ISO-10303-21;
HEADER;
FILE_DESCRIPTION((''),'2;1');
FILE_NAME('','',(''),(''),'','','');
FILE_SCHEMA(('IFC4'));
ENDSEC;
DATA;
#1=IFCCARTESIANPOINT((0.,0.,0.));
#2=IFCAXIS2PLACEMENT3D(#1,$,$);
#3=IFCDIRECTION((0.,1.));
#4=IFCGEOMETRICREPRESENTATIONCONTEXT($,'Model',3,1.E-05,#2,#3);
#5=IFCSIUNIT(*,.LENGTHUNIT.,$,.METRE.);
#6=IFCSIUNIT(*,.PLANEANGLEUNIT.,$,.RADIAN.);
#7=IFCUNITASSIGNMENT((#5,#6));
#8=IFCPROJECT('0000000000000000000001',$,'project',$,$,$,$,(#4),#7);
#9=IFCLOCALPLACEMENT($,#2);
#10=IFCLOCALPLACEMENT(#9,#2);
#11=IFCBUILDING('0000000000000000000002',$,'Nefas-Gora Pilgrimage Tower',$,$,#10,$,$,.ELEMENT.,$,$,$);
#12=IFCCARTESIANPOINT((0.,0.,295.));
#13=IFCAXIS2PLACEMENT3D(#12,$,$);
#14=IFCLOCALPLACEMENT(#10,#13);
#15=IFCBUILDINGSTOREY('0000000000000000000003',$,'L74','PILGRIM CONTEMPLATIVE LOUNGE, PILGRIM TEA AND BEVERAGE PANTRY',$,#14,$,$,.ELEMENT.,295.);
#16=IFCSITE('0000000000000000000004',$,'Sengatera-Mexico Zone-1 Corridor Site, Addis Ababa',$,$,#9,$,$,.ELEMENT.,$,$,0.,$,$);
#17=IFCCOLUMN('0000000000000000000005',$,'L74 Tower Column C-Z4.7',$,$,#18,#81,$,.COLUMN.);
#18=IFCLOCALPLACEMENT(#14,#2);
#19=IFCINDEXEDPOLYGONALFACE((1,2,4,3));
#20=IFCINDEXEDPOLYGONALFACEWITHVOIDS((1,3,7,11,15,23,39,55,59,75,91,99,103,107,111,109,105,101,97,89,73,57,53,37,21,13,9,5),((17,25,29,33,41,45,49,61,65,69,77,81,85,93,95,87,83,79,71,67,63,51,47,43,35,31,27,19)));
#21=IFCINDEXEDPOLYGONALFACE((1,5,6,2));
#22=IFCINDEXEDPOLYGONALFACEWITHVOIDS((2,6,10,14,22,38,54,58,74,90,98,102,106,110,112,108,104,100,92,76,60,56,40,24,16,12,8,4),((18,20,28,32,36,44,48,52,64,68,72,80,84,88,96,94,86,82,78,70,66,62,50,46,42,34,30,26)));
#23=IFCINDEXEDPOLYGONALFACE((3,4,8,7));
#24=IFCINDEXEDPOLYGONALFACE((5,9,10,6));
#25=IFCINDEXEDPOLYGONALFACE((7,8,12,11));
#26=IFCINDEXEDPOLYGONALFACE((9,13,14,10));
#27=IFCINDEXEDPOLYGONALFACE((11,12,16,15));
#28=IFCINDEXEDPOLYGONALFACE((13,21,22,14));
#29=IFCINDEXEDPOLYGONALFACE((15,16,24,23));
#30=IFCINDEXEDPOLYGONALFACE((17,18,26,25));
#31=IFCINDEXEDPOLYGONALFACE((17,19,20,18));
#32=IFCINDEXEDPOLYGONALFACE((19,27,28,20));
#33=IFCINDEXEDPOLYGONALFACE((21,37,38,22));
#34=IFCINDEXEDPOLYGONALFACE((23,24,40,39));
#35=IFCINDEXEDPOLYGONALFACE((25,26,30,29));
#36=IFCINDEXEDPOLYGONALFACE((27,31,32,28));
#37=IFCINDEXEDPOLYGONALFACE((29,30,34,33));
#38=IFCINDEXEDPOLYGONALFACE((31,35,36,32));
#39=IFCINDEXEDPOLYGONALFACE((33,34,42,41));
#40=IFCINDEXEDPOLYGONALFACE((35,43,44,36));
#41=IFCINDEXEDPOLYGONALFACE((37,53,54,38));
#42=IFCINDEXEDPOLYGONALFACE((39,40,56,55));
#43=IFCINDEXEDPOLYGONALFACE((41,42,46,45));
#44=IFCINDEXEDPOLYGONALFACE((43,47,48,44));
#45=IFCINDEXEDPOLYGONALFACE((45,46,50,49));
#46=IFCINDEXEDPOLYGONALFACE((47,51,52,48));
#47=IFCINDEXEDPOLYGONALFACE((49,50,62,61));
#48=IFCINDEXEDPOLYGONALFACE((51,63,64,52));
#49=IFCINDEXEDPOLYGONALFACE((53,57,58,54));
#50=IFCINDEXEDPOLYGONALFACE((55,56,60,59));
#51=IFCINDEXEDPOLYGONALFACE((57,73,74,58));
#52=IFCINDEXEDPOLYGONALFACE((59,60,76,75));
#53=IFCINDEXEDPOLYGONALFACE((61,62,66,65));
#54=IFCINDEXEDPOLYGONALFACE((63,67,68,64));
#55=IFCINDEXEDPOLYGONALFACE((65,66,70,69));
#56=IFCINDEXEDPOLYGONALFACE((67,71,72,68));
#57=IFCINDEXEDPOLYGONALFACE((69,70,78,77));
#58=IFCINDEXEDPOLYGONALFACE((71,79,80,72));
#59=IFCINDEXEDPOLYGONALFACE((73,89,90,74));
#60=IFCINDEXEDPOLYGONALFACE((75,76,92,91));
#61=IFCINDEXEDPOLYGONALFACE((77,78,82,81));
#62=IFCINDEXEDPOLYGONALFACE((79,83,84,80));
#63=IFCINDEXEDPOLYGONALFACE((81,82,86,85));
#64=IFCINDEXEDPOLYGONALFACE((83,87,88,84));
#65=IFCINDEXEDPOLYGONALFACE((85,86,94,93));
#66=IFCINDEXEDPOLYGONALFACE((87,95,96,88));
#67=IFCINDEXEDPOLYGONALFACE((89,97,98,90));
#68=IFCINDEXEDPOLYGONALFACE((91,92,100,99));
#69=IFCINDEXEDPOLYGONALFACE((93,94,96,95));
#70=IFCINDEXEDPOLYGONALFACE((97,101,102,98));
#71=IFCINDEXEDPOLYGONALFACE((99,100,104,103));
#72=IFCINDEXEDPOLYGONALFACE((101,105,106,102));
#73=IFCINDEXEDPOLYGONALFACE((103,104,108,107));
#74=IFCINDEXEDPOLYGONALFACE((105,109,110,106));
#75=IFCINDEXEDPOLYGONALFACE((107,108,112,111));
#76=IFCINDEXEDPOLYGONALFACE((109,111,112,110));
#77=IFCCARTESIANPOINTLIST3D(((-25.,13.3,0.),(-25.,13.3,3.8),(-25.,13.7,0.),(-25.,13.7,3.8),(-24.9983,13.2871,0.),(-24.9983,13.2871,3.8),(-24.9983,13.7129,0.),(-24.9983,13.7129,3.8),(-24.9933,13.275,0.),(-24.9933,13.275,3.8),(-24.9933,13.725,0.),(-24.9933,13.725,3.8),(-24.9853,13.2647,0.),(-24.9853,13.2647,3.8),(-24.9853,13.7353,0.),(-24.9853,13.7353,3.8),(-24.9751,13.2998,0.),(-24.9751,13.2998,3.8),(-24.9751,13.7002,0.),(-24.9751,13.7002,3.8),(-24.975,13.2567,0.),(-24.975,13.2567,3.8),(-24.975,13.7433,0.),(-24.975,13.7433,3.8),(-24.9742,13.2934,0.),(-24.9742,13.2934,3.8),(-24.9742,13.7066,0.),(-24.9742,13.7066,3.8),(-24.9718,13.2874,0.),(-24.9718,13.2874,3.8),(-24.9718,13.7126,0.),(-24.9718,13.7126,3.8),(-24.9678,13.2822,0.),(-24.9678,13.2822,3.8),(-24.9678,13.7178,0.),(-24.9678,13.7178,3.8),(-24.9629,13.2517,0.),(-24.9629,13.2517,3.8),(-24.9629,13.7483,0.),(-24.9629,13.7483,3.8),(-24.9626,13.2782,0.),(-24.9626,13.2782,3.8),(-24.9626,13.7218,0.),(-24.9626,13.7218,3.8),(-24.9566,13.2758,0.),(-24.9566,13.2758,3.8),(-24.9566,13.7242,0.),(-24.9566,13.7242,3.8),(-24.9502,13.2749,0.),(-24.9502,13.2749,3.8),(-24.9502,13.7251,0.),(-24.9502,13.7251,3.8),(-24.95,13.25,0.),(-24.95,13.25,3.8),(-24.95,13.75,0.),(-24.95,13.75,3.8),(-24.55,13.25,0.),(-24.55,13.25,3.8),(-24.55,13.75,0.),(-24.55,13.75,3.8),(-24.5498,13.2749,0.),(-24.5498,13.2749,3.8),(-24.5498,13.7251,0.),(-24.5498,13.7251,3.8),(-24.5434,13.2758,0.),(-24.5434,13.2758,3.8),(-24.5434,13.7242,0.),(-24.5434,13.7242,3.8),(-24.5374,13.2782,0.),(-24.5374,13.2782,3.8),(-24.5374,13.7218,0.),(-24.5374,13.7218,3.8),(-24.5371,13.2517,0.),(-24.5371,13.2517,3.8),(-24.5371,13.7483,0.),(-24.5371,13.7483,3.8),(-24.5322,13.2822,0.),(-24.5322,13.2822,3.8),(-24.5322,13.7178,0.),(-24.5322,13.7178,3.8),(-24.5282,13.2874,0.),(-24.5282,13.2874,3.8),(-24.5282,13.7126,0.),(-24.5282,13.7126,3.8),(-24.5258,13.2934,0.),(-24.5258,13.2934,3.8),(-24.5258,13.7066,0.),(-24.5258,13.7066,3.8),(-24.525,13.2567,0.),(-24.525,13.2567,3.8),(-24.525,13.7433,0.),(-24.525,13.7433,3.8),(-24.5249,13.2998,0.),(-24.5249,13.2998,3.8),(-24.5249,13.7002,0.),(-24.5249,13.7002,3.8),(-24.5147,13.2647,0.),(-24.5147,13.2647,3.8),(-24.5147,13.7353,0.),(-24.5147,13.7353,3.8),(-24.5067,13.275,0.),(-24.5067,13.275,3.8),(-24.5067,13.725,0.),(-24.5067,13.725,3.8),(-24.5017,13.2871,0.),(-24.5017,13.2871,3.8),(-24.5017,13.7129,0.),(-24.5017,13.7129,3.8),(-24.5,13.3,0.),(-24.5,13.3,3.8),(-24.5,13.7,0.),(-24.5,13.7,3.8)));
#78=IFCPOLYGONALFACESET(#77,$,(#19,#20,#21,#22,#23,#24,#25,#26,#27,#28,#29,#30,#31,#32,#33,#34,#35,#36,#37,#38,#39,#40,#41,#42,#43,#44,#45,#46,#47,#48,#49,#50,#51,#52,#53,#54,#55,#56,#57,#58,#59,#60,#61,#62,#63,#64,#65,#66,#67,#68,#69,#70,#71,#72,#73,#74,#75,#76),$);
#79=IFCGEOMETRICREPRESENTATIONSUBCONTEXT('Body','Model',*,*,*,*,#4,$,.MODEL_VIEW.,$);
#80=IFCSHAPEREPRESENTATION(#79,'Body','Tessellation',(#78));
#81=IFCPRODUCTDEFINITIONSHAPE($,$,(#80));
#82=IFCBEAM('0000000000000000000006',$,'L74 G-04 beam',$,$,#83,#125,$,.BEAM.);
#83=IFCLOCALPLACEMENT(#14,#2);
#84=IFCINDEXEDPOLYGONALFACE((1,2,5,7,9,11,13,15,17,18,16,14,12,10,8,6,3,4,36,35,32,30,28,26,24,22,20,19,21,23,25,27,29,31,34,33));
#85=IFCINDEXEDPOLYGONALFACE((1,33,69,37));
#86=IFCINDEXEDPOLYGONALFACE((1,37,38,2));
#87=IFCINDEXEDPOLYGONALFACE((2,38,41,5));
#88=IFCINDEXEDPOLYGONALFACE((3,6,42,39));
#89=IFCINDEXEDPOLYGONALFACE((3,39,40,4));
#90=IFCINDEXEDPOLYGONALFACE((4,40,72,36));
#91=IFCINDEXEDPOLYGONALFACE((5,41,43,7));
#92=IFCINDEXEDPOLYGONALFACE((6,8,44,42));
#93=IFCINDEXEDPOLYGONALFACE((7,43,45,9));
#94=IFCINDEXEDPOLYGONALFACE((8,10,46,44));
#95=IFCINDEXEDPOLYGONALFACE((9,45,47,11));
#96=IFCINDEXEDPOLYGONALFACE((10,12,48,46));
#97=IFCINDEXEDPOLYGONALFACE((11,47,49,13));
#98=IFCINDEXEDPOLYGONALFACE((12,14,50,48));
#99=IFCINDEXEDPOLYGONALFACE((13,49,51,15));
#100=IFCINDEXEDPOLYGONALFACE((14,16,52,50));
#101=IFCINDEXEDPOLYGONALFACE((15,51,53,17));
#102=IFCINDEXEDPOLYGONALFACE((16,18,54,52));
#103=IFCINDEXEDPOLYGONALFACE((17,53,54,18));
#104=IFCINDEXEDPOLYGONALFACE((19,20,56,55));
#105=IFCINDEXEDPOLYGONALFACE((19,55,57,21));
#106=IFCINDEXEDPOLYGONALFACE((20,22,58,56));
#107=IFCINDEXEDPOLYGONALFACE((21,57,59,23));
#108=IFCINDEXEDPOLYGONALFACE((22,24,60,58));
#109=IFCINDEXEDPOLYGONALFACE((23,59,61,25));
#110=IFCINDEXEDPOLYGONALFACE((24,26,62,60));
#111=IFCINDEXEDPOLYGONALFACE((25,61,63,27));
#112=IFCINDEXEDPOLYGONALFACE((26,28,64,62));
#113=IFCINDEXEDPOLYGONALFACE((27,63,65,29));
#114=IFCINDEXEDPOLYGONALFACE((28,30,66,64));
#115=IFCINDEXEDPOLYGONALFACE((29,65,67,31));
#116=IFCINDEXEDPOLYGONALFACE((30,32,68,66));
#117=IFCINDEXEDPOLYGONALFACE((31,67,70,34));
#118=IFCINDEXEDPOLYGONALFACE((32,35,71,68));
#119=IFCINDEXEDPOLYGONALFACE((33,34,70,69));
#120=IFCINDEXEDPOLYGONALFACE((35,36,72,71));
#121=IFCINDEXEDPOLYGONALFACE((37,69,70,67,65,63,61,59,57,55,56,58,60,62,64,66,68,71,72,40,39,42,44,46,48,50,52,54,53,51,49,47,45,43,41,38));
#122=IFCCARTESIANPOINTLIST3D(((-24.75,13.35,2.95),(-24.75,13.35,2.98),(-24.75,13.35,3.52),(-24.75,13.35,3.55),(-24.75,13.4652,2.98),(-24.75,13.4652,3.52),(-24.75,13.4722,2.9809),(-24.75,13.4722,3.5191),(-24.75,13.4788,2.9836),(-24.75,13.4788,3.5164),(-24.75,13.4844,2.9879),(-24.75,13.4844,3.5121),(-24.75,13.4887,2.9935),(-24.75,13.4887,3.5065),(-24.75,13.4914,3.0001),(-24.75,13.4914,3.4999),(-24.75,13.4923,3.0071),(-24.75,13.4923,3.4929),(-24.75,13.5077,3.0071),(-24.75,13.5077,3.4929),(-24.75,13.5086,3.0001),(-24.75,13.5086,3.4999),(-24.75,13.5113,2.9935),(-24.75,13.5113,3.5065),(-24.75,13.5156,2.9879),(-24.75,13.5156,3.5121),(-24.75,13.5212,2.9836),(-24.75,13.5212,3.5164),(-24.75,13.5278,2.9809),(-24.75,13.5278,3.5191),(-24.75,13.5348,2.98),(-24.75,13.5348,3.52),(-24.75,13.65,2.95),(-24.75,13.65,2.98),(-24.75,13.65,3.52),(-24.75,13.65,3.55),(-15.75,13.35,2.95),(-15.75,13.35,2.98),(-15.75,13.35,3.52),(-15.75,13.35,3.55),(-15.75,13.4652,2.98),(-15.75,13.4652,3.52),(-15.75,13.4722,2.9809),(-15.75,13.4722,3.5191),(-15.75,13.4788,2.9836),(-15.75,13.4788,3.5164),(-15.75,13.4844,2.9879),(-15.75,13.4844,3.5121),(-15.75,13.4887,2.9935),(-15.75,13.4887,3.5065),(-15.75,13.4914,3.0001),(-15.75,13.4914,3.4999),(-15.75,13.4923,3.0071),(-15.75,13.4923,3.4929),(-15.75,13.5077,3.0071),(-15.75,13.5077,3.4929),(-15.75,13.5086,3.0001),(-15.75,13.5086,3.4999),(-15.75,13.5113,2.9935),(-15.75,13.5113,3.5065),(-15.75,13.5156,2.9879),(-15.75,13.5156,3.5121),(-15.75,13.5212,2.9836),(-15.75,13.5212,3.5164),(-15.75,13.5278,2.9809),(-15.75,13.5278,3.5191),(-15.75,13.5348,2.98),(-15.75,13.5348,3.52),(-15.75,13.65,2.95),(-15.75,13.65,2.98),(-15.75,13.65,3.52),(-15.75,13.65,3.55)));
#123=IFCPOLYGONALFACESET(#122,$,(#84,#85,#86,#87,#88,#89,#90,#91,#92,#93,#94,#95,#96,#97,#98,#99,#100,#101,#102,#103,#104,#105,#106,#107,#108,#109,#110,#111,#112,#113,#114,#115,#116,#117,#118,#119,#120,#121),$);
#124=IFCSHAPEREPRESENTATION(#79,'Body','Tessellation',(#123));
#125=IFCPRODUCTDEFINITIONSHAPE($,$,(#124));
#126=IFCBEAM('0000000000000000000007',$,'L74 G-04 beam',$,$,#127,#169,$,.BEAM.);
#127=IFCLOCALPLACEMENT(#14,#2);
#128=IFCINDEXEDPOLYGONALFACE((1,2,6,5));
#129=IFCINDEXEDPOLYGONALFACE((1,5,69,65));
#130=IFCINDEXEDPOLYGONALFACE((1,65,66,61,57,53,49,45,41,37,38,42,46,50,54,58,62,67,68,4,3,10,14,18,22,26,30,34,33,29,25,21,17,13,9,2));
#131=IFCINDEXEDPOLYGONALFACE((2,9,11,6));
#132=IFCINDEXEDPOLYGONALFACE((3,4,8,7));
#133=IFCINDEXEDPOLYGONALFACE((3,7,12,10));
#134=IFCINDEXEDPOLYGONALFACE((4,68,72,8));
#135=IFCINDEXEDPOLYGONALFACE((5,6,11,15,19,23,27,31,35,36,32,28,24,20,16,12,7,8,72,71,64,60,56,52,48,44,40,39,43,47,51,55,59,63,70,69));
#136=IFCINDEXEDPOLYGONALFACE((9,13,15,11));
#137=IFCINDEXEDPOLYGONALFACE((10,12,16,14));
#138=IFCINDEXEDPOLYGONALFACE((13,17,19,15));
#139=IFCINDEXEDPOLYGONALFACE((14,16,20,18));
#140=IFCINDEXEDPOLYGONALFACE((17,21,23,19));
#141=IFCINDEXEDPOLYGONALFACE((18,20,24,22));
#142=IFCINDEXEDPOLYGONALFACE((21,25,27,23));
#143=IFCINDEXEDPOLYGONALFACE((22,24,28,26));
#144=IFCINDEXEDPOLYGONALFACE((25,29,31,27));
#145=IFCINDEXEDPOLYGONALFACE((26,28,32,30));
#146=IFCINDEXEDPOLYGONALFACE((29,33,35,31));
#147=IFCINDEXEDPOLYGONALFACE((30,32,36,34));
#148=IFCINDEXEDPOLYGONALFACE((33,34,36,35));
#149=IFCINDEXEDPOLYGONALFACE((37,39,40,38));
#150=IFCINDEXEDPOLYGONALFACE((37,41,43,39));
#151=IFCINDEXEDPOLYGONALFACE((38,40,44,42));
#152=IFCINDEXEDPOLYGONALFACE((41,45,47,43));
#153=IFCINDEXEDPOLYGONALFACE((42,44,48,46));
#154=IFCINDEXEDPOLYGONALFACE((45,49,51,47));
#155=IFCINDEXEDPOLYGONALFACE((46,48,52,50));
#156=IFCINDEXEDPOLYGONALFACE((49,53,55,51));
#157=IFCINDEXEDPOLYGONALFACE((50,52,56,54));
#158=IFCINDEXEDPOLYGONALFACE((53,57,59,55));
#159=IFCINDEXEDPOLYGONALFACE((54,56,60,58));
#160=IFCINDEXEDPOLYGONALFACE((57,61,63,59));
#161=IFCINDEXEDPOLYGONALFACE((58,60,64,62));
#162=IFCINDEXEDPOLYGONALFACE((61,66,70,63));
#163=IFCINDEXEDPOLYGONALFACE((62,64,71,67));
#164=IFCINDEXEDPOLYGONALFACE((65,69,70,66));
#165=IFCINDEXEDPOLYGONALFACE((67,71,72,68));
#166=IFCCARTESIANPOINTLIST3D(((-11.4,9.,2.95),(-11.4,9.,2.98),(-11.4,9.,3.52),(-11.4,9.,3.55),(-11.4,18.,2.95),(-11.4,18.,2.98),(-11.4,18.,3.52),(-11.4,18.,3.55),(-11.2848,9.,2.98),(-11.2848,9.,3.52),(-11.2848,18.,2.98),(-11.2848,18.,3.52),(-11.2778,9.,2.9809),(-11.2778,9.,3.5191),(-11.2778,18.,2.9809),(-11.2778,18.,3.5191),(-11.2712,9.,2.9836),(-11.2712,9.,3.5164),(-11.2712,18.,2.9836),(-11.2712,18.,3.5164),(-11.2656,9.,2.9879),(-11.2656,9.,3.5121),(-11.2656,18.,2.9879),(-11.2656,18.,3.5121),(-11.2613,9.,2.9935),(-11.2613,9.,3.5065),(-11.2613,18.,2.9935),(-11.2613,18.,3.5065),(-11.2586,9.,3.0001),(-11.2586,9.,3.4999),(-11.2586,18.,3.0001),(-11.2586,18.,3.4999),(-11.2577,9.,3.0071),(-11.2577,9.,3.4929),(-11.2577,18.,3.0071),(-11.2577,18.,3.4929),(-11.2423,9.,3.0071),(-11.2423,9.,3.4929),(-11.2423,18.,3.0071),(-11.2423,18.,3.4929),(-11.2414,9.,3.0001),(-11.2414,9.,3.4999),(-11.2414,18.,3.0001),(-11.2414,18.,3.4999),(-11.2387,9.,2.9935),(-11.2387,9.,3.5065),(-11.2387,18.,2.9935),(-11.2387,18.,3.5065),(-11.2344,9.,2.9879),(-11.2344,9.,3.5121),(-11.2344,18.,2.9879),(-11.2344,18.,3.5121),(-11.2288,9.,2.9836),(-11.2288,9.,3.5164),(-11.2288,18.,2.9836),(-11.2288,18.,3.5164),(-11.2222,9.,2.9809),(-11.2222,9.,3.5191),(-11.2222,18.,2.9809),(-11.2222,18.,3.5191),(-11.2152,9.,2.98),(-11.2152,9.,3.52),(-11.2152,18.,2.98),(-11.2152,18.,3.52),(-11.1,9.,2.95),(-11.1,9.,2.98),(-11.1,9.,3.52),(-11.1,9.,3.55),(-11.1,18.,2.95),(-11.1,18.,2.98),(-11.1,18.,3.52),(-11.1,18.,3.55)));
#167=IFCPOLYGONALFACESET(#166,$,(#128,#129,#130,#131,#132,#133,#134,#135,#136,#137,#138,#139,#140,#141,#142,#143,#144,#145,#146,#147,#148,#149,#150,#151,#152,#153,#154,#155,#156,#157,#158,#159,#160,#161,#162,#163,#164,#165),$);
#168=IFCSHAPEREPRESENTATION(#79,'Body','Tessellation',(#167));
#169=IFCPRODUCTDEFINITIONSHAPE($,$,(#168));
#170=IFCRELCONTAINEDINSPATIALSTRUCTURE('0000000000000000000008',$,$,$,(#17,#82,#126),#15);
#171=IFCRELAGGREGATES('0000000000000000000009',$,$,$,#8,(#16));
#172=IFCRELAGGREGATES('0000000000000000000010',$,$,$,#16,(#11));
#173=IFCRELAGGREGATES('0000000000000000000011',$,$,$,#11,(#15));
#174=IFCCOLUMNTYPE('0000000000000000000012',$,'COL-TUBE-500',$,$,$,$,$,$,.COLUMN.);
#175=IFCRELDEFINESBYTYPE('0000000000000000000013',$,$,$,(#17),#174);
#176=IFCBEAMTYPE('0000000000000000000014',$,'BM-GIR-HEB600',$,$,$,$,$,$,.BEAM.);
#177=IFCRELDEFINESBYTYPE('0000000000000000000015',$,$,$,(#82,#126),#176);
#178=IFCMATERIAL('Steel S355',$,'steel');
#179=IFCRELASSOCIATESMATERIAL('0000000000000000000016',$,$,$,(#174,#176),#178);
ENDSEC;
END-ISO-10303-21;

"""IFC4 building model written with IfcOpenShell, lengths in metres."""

from ifc_helpers import new_model, si_unit, direction, frame, origin, origin_2d, place, context, subcontext, project, spatial, hollow_rectangle, i_section, extrude, source, transform, mapped, material, material_profile, profile_set, type_object, element, save


model = new_model("IFC4")

# Units and contexts
model_context = context("Model", 3, precision=1e-05, world=origin(), true_north=direction((0.0, 1.0)))
body_context = subcontext(model_context, "Body", "Model", "MODEL_VIEW")
ifc_project = project(units=[si_unit("LENGTHUNIT", "METRE"), si_unit("PLANEANGLEUNIT", "RADIAN")], contexts=[model_context])

# Site, building, storey
site_placement = place(None, origin())
site = spatial("IfcSite", under=ifc_project, at=site_placement, Name="Sengatera-Mexico Zone-1 Corridor Site, Addis Ababa", CompositionType="ELEMENT", RefElevation=0.0)
building_placement = place(site_placement, origin())
building = spatial("IfcBuilding", under=site, at=building_placement, Name="Nefas-Gora Pilgrimage Tower", CompositionType="ELEMENT")
storey_placement = place(building_placement, frame((0.0, 0.0, 295.0)))
storey = spatial("IfcBuildingStorey", under=building, at=storey_placement, Name="L74", Description="PILGRIM CONTEMPLATIVE LOUNGE, PILGRIM TEA AND BEVERAGE PANTRY", CompositionType="ELEMENT", Elevation=295.0)

# Column
ifc_material_1 = material(Name="Steel S355", Category="steel")
ifc_material_profile_1 = material_profile(ifc_material_1, hollow_rectangle(XDim=0.5, YDim=0.5, WallThickness=0.0249, InnerFilletRadius=0.0249, OuterFilletRadius=0.05, at=origin_2d()), Name="SHS 500x500x25")
ifc_profile_set_1 = profile_set([ifc_material_profile_1], Name="Steel S355")
column_type_1 = type_object("IfcColumnType", Name="COL-TUBE-500", PredefinedType="COLUMN", material=ifc_profile_set_1)
shared_shape_1 = source(origin(), body_context, "Body", "SweptSolid", [
    extrude(hollow_rectangle(XDim=0.5, YDim=0.5, WallThickness=0.0249, InnerFilletRadius=0.0249, OuterFilletRadius=0.05, at=origin_2d()), origin(), (0.0, 0.0, 1.0), 3.8),
])
column_placement = place(storey_placement, frame((-24.75, 13.5, 0.0), z_axis=(0.0, 0.0, 1.0), x_axis=(1.0, 0.0, 0.0)))
element("IfcColumn", 1, at=column_placement, inside=storey, type_object=column_type_1, Name="L74 Tower Column C-Z4.7", PredefinedType="COLUMN", context=body_context, shape_type="MappedRepresentation", body=[
    mapped(shared_shape_1, transform((0.0, 0.0, 0.0), x_axis=(1.0, 0.0, 0.0), y_axis=(0.0, 1.0, 0.0), z_axis=(0.0, 0.0, 1.0), scale=1.0)),
])

# Beams
ifc_material_profile_2 = material_profile(ifc_material_1, i_section(OverallWidth=0.3, OverallDepth=0.6001, WebThickness=0.0154, FlangeThickness=0.03, FilletRadius=0.0271, at=origin_2d()), Name="HEB 600")
ifc_profile_set_2 = profile_set([ifc_material_profile_2], Name="Steel S355")
beam_type = type_object("IfcBeamType", Name="BM-GIR-HEB600", PredefinedType="BEAM", material=ifc_profile_set_2)
shared_shape_2 = source(origin(), body_context, "Body", "SweptSolid", [
    extrude(i_section(OverallWidth=0.3, OverallDepth=0.6001, WebThickness=0.0154, FlangeThickness=0.03, FilletRadius=0.0271, at=origin_2d()), origin(), (0.0, 0.0, 1.0), 9.0),
])
for number, where, z_axis, x_axis, name in (
    (2, (-24.75, 13.5, 3.25), (1.0, 0.0, 0.0), (0.0, 1.0, 0.0), "L74 G-04 beam"),
    (3, (-11.25, 9.0, 3.25), (0.0, 1.0, 0.0), (-1.0, 0.0, 0.0), "L74 G-04 beam"),
):
    element("IfcBeam", number, at=place(storey_placement, frame(where, z_axis=z_axis, x_axis=x_axis)), inside=storey, type_object=beam_type, Name=name, PredefinedType="BEAM", context=body_context, shape_type="MappedRepresentation", body=[
        mapped(shared_shape_2, transform((0.0, 0.0, 0.0), x_axis=(1.0, 0.0, 0.0), y_axis=(0.0, 1.0, 0.0), z_axis=(0.0, 0.0, 1.0), scale=1.0)),
    ])

save(model, "model.ifc")
